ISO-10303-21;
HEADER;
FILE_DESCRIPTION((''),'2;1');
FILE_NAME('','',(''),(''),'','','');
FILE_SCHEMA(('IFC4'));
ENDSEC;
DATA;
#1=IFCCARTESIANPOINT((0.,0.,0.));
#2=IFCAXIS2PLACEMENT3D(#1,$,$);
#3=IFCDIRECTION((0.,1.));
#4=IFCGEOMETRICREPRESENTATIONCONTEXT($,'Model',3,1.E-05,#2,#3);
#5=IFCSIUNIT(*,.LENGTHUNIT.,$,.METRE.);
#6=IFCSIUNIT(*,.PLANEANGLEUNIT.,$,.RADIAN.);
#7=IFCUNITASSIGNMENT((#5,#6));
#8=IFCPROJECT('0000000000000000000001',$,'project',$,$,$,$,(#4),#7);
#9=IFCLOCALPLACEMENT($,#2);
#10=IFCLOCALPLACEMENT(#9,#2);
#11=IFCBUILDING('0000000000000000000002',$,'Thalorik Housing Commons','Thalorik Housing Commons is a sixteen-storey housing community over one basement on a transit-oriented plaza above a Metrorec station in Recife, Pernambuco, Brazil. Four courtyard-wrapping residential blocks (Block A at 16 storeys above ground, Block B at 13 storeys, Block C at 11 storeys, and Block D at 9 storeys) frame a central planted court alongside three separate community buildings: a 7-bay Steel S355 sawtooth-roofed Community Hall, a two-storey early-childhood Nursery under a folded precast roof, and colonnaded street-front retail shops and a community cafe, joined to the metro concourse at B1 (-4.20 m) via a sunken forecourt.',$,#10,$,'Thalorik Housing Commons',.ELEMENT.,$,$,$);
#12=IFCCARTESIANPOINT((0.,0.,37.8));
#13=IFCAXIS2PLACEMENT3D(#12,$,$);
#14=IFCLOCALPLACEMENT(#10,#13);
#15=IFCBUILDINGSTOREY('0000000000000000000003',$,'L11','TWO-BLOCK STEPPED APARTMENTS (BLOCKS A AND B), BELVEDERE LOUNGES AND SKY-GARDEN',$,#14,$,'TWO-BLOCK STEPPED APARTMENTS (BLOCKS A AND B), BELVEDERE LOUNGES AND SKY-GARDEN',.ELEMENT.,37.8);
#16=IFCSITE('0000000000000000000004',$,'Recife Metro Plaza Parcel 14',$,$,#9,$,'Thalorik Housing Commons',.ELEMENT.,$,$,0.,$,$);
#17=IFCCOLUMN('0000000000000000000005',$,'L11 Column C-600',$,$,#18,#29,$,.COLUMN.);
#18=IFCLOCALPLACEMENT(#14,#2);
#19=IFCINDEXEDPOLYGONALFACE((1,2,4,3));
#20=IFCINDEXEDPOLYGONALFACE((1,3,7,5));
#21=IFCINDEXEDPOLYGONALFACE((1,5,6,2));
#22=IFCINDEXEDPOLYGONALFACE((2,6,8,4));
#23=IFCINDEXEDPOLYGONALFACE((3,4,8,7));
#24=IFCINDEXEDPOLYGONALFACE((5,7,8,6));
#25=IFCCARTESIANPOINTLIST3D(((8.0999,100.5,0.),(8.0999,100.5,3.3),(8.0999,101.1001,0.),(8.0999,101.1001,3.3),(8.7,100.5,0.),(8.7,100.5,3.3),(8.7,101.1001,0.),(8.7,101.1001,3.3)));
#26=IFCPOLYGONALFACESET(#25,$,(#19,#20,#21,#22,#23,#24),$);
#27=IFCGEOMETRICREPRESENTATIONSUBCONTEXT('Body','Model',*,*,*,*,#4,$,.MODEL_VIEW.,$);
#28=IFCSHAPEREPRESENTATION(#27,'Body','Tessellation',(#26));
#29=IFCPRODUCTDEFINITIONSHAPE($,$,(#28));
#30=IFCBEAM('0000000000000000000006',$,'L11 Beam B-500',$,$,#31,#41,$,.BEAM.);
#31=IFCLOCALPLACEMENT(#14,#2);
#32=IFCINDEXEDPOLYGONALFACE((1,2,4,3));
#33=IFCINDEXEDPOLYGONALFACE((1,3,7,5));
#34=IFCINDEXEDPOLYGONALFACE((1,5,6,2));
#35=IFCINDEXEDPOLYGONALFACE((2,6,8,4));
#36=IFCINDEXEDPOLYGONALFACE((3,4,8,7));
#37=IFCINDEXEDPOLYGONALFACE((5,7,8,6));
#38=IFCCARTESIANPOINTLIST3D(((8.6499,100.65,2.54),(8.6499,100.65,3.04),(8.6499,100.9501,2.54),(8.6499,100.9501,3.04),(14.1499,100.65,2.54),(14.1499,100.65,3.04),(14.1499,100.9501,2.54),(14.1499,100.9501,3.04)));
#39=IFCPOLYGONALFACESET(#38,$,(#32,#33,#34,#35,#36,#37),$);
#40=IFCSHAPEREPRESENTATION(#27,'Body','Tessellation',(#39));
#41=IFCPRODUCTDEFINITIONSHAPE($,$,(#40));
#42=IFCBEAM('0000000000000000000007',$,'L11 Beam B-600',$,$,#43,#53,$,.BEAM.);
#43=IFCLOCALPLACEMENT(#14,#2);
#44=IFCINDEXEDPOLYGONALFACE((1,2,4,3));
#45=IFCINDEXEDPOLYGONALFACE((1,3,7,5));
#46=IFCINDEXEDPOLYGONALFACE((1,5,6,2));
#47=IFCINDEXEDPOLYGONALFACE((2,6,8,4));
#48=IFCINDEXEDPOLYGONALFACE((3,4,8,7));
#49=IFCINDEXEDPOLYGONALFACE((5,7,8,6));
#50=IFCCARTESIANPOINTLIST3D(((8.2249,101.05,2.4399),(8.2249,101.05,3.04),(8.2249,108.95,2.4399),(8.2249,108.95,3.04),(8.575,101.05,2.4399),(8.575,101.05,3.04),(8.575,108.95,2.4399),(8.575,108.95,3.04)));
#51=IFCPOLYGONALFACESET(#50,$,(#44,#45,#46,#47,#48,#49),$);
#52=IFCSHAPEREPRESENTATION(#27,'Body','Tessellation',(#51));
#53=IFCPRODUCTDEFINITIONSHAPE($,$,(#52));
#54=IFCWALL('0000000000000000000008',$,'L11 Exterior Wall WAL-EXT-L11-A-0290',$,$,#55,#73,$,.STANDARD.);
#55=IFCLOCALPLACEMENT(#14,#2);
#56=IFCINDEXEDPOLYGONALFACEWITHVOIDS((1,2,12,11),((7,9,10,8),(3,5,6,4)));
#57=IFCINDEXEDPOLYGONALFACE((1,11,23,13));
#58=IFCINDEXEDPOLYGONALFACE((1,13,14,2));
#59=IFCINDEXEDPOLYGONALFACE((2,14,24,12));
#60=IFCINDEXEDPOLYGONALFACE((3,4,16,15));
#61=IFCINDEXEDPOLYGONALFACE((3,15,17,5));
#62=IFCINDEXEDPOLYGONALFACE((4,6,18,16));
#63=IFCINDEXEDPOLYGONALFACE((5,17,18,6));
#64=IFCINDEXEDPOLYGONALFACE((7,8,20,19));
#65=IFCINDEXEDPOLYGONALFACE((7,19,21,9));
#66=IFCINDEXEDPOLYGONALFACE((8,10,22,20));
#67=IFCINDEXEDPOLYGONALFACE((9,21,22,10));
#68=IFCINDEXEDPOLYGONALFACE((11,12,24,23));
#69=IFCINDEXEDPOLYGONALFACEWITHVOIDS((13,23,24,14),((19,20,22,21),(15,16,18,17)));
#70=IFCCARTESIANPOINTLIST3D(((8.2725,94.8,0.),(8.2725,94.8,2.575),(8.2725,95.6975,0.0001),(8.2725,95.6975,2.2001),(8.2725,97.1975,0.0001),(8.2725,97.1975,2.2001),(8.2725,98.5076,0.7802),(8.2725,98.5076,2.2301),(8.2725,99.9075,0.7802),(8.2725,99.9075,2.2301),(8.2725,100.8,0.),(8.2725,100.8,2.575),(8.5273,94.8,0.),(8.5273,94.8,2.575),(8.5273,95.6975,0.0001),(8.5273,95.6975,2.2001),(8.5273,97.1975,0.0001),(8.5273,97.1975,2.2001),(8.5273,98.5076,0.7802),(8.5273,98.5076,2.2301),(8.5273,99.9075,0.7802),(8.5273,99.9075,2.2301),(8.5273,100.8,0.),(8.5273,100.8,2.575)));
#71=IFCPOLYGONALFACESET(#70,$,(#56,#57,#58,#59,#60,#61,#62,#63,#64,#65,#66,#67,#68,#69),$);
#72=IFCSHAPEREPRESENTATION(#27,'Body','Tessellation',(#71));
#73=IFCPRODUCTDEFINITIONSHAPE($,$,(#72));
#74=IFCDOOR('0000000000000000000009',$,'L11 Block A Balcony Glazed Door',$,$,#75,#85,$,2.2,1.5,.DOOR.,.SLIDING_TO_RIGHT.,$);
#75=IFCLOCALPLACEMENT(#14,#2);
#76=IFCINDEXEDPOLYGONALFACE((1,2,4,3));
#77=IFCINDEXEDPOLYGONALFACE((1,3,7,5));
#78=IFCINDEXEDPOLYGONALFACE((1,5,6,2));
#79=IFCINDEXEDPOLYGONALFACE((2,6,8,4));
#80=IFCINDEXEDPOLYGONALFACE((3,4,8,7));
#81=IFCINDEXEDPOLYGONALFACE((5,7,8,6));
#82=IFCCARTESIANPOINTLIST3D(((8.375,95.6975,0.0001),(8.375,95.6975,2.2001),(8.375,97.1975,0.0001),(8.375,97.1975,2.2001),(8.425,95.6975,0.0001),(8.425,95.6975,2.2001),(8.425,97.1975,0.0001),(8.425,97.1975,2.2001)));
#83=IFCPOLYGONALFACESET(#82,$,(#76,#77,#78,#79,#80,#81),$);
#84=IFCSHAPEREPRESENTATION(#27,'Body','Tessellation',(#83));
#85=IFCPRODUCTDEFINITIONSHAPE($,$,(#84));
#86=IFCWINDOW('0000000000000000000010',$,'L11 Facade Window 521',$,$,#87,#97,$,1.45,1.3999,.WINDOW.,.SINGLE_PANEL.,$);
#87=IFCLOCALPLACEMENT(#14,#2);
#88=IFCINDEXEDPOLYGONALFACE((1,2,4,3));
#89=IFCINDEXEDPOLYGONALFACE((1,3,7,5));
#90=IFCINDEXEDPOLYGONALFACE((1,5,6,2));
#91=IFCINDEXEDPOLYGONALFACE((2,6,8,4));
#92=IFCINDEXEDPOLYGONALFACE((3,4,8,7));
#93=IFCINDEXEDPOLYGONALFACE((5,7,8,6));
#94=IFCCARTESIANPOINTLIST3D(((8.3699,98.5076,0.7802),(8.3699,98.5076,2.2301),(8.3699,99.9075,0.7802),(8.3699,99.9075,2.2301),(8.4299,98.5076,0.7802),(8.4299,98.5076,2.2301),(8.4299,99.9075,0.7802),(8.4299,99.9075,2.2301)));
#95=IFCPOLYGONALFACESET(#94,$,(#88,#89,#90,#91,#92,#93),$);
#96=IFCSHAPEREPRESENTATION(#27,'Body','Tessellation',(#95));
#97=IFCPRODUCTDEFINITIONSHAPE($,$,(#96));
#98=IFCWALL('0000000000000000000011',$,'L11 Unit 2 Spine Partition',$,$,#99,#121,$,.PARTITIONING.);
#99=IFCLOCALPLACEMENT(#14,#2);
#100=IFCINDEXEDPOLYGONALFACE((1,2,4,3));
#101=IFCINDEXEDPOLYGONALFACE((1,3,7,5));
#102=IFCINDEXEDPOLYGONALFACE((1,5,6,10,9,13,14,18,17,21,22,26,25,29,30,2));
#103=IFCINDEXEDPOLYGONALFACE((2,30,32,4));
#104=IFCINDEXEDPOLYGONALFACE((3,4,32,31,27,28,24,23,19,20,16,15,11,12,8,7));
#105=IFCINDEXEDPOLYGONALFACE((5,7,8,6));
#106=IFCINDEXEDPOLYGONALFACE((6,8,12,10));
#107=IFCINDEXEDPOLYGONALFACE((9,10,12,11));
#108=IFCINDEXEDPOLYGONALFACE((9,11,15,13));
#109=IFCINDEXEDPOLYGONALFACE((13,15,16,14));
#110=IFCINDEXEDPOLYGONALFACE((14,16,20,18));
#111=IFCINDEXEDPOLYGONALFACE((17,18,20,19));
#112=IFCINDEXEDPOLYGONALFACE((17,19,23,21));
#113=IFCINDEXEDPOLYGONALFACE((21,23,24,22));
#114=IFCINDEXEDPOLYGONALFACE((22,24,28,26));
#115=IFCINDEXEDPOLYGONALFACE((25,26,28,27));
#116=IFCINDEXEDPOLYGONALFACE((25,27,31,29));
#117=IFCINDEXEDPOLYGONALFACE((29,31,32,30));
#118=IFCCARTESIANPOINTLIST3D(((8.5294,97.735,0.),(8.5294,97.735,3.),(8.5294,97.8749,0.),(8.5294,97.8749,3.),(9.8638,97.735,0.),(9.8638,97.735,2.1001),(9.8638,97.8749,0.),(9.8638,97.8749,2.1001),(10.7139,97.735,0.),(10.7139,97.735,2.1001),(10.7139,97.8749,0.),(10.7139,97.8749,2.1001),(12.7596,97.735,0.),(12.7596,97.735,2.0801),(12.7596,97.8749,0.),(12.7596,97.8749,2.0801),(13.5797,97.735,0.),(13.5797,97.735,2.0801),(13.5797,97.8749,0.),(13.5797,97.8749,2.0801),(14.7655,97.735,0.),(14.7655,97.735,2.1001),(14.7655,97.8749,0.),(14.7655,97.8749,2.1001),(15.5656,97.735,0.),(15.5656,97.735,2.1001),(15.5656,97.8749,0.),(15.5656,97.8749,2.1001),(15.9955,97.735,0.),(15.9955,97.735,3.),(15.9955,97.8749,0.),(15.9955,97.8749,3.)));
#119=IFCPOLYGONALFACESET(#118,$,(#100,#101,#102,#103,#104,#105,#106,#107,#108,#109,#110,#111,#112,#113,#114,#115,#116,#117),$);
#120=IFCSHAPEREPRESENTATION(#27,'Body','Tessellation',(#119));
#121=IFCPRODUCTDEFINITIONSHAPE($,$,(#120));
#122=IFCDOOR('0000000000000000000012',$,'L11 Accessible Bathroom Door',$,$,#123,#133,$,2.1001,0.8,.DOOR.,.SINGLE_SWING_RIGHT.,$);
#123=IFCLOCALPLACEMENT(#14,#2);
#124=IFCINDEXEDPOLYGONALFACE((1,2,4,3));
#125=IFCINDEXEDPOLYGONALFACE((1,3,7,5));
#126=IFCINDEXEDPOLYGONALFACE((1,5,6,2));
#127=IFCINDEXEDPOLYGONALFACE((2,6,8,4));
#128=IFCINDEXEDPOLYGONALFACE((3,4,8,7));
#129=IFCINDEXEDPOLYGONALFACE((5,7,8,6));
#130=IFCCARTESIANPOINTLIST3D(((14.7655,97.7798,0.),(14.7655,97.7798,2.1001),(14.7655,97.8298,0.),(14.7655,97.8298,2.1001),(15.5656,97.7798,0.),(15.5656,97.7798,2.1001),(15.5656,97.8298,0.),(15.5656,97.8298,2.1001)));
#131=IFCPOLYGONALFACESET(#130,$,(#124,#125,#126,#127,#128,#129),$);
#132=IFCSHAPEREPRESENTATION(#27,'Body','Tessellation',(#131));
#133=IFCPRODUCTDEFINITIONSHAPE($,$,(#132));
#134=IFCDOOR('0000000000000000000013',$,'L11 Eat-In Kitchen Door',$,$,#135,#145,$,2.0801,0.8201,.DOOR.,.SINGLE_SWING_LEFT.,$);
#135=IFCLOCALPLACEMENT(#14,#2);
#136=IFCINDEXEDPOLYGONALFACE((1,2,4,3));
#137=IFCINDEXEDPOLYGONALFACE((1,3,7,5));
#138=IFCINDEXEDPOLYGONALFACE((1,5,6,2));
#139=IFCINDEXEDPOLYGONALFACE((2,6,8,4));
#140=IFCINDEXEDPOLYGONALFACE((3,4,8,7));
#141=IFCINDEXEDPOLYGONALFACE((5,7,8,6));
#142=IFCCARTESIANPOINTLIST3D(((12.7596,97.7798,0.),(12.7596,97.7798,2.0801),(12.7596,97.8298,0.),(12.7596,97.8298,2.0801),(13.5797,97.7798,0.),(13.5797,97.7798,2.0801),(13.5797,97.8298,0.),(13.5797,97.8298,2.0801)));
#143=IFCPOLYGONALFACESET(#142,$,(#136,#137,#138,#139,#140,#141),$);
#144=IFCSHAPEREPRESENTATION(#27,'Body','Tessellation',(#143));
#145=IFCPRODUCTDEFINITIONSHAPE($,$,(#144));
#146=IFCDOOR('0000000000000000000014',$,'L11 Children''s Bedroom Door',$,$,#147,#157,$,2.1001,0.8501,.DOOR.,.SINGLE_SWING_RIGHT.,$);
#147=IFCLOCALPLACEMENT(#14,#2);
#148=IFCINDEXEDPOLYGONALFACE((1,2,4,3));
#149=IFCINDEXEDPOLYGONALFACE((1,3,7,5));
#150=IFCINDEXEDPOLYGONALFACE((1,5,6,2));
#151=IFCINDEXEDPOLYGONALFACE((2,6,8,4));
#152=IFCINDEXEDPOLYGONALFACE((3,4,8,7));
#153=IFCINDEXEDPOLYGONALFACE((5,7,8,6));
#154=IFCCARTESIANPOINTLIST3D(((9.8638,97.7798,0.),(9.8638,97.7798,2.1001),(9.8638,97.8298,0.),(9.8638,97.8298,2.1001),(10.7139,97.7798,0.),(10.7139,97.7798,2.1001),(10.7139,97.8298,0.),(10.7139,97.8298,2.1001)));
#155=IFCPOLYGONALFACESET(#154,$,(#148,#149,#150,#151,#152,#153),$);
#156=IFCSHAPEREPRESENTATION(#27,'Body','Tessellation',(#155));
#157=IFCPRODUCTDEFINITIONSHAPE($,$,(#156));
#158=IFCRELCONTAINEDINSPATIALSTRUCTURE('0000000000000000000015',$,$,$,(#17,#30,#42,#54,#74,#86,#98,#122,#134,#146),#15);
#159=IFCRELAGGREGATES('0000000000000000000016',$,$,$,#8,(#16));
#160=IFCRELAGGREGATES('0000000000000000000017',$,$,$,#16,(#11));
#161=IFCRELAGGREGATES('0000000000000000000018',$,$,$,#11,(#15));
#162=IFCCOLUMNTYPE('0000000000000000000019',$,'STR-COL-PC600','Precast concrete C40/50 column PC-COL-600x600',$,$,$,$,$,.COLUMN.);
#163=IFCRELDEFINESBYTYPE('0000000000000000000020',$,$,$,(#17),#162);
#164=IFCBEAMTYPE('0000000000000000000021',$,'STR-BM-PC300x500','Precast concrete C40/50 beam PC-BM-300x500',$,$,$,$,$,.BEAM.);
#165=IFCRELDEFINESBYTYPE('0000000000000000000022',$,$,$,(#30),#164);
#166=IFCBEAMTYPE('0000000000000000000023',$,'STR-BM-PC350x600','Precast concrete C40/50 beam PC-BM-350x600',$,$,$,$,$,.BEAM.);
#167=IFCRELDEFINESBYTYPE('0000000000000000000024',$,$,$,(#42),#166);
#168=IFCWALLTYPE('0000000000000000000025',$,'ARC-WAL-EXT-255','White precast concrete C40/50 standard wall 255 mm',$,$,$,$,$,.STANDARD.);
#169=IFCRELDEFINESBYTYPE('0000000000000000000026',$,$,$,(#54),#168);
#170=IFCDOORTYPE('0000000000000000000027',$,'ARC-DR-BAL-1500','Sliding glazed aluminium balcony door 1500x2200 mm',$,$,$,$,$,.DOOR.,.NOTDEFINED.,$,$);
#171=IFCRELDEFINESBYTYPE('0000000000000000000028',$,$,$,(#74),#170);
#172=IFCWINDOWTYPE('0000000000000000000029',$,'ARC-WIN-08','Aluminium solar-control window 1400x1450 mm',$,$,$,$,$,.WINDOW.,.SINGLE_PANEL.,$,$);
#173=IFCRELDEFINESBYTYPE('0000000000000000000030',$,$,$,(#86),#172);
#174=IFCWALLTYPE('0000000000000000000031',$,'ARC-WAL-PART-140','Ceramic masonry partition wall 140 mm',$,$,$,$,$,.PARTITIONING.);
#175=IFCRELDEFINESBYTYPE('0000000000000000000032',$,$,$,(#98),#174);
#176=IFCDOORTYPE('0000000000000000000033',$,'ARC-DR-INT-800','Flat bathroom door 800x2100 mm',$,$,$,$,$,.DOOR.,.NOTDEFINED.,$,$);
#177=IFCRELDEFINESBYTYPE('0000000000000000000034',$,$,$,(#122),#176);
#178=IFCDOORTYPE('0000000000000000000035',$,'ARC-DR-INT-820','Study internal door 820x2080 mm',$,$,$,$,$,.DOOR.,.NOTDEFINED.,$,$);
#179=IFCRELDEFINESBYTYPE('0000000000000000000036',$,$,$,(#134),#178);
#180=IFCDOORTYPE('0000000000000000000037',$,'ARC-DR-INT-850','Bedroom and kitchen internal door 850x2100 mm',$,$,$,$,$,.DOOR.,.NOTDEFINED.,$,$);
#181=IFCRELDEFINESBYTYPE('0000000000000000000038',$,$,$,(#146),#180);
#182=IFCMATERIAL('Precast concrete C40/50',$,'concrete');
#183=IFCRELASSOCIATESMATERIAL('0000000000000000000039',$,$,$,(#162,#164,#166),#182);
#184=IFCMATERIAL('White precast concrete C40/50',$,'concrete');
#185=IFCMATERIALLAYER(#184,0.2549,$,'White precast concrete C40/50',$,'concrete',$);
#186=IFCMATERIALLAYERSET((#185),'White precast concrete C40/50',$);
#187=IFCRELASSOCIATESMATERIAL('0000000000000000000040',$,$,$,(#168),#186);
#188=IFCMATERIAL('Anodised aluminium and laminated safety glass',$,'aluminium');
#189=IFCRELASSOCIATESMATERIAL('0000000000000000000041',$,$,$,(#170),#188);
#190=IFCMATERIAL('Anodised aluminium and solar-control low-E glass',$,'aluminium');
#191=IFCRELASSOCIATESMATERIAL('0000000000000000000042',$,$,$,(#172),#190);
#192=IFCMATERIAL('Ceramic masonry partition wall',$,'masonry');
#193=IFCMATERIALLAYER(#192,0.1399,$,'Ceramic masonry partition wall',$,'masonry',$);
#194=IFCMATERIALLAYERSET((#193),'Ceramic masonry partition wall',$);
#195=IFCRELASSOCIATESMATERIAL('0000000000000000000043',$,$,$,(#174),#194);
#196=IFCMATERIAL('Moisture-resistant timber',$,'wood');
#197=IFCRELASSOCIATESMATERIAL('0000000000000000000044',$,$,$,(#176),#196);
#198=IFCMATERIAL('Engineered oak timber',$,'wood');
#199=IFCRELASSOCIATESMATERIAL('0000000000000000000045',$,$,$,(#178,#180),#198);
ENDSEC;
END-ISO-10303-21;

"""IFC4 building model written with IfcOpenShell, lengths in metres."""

from ifc_helpers import new_model, si_unit, direction, frame, frame_2d, origin, origin_2d, place, context, subcontext, project, spatial, rectangle, extrude, material, layer, layer_set, material_profile, profile_set, type_object, element, fill, save


model = new_model("IFC4")

# Units and contexts
model_context = context("Model", 3, precision=1e-05, world=origin(), true_north=direction((0.0, 1.0)))
body_context = subcontext(model_context, "Body", "Model", "MODEL_VIEW")
ifc_project = project(units=[si_unit("LENGTHUNIT", "METRE"), si_unit("PLANEANGLEUNIT", "RADIAN")], contexts=[model_context])

# Site, building, storey
site_placement = place(None, origin())
site = spatial("IfcSite", under=ifc_project, at=site_placement, Name="Recife Metro Plaza Parcel 14", LongName="Thalorik Housing Commons", CompositionType="ELEMENT", RefElevation=0.0)
building_placement = place(site_placement, origin())
building = spatial("IfcBuilding", under=site, at=building_placement, Name="Thalorik Housing Commons", Description="Thalorik Housing Commons is a sixteen-storey housing community over one basement on a transit-oriented plaza above a Metrorec station in Recife, Pernambuco, Brazil. Four courtyard-wrapping residential blocks (Block A at 16 storeys above ground, Block B at 13 storeys, Block C at 11 storeys, and Block D at 9 storeys) frame a central planted court alongside three separate community buildings: a 7-bay Steel S355 sawtooth-roofed Community Hall, a two-storey early-childhood Nursery under a folded precast roof, and colonnaded street-front retail shops and a community cafe, joined to the metro concourse at B1 (-4.20 m) via a sunken forecourt.", LongName="Thalorik Housing Commons", CompositionType="ELEMENT")
storey_placement = place(building_placement, frame((0.0, 0.0, 37.8)))
storey = spatial("IfcBuildingStorey", under=building, at=storey_placement, Name="L11", Description="TWO-BLOCK STEPPED APARTMENTS (BLOCKS A AND B), BELVEDERE LOUNGES AND SKY-GARDEN", LongName="TWO-BLOCK STEPPED APARTMENTS (BLOCKS A AND B), BELVEDERE LOUNGES AND SKY-GARDEN", CompositionType="ELEMENT", Elevation=37.8)

# Column
ifc_material_1 = material(Name="Precast concrete C40/50", Category="concrete")
ifc_material_profile_1 = material_profile(ifc_material_1, rectangle(XDim=0.6001, YDim=0.6001, at=origin_2d()), Name="PC 600x600", Category="concrete")
ifc_profile_set_1 = profile_set([ifc_material_profile_1], Name="Precast concrete C40/50")
column_type = type_object("IfcColumnType", Name="STR-COL-PC600", Description="Precast concrete C40/50 column PC-COL-600x600", PredefinedType="COLUMN", material=ifc_profile_set_1)
column_placement = place(storey_placement, frame((8.3999, 100.8, 0.0), z_axis=(0.0, 0.0, 1.0), x_axis=(1.0, 0.0, 0.0)))
element("IfcColumn", 1, at=column_placement, inside=storey, type_object=column_type, Name="L11 Column C-600", PredefinedType="COLUMN", context=body_context, shape_type="SweptSolid", body=[
    extrude(rectangle(XDim=0.6001, YDim=0.6001, at=origin_2d()), origin(), (0.0, 0.0, 1.0), 3.3),
])

# Beams
ifc_material_profile_2 = material_profile(ifc_material_1, rectangle(XDim=0.3, YDim=0.5, at=origin_2d()), Name="PC 300x500", Category="concrete")
ifc_profile_set_2 = profile_set([ifc_material_profile_2], Name="Precast concrete C40/50")
beam_type_1 = type_object("IfcBeamType", Name="STR-BM-PC300x500", Description="Precast concrete C40/50 beam PC-BM-300x500", PredefinedType="BEAM", material=ifc_profile_set_2)
beam_1_placement = place(storey_placement, frame((8.6499, 100.8, 2.79), z_axis=(1.0, 0.0, 0.0), x_axis=(0.0, 1.0, 0.0)))
element("IfcBeam", 2, at=beam_1_placement, inside=storey, type_object=beam_type_1, Name="L11 Beam B-500", PredefinedType="BEAM", context=body_context, shape_type="SweptSolid", body=[
    extrude(rectangle(XDim=0.3, YDim=0.5, at=origin_2d()), origin(), (0.0, 0.0, 1.0), 5.5),
])
ifc_material_profile_3 = material_profile(ifc_material_1, rectangle(XDim=0.3501, YDim=0.6001, at=origin_2d()), Name="PC 350x600", Category="concrete")
ifc_profile_set_3 = profile_set([ifc_material_profile_3], Name="Precast concrete C40/50")
beam_type_2 = type_object("IfcBeamType", Name="STR-BM-PC350x600", Description="Precast concrete C40/50 beam PC-BM-350x600", PredefinedType="BEAM", material=ifc_profile_set_3)
beam_2_placement = place(storey_placement, frame((8.3999, 101.05, 2.74), z_axis=(0.0, 1.0, 0.0), x_axis=(-1.0, 0.0, 0.0)))
element("IfcBeam", 3, at=beam_2_placement, inside=storey, type_object=beam_type_2, Name="L11 Beam B-600", PredefinedType="BEAM", context=body_context, shape_type="SweptSolid", body=[
    extrude(rectangle(XDim=0.3501, YDim=0.6001, at=origin_2d()), origin(), (0.0, 0.0, 1.0), 7.8999),
])

# Wall, openings, door, window
ifc_material_2 = material(Name="White precast concrete C40/50", Category="concrete")
ifc_layer_1 = layer(ifc_material_2, 0.2549, Name="White precast concrete C40/50", Category="concrete")
ifc_layer_set_1 = layer_set([ifc_layer_1], Name="White precast concrete C40/50")
wall_type_1 = type_object("IfcWallType", Name="ARC-WAL-EXT-255", Description="White precast concrete C40/50 standard wall 255 mm", PredefinedType="STANDARD", material=ifc_layer_set_1)
wall_1_placement = place(storey_placement, frame((8.3999, 100.8, 0.0), z_axis=(0.0, 0.0, 1.0), x_axis=(0.0, -1.0, 0.0)))
wall_1 = element("IfcWall", 4, at=wall_1_placement, inside=storey, type_object=wall_type_1, Name="L11 Exterior Wall WAL-EXT-L11-A-0290", PredefinedType="STANDARD", context=body_context, shape_type="SweptSolid", body=[
    extrude(rectangle(XDim=6.0, YDim=0.2549, at=frame_2d((3.0, 0.0))), origin(), (0.0, 0.0, 1.0), 2.575),
])
opening_1_placement = place(wall_1_placement, frame((3.6025, 0.0, 0.0)))
opening_1 = element("IfcOpeningElement", 5, at=opening_1_placement, cuts=wall_1, PredefinedType="OPENING", context=body_context, shape_type="SweptSolid", body=[
    extrude(rectangle(XDim=1.5, YDim=2.2, at=frame_2d((0.75, 1.1001))), frame((0.0, 0.1375, 0.0), z_axis=(0.0, -1.0, 0.0), x_axis=(1.0, 0.0, 0.0)), (0.0, 0.0, 1.0), 0.2749),
])
opening_2_placement = place(wall_1_placement, frame((0.8926, 0.0, 0.78)))
opening_2 = element("IfcOpeningElement", 6, at=opening_2_placement, cuts=wall_1, PredefinedType="OPENING", context=body_context, shape_type="SweptSolid", body=[
    extrude(rectangle(XDim=1.3999, YDim=1.45, at=frame_2d((0.7, 0.7251))), frame((0.0, 0.1375, 0.0), z_axis=(0.0, -1.0, 0.0), x_axis=(1.0, 0.0, 0.0)), (0.0, 0.0, 1.0), 0.2749),
])
ifc_material_3 = material(Name="Anodised aluminium and laminated safety glass", Category="aluminium")
door_type_1 = type_object("IfcDoorType", Name="ARC-DR-BAL-1500", Description="Sliding glazed aluminium balcony door 1500x2200 mm", OperationType="NOTDEFINED", PredefinedType="DOOR", material=ifc_material_3)
door_1_placement = place(opening_1_placement, frame((1.5, 0.0, 0.0), z_axis=(0.0, 0.0, 1.0), x_axis=(-1.0, 0.0, 0.0)))
door_1 = element("IfcDoor", 7, at=door_1_placement, inside=storey, type_object=door_type_1, Name="L11 Block A Balcony Glazed Door", OperationType="SLIDING_TO_RIGHT", OverallHeight=2.2, OverallWidth=1.5, PredefinedType="DOOR", context=body_context, shape_type="SweptSolid", body=[
    extrude(rectangle(XDim=1.5, YDim=2.2, at=frame_2d((0.75, 1.1001))), frame((0.0, 0.0249, 0.0), z_axis=(0.0, -1.0, 0.0), x_axis=(1.0, 0.0, 0.0)), (0.0, 0.0, 1.0), 0.05),
])
fill(opening_1, door_1)
ifc_material_4 = material(Name="Anodised aluminium and solar-control low-E glass", Category="aluminium")
window_type = type_object("IfcWindowType", Name="ARC-WIN-08", Description="Aluminium solar-control window 1400x1450 mm", PartitioningType="SINGLE_PANEL", PredefinedType="WINDOW", material=ifc_material_4)
window_placement = place(opening_2_placement, origin())
window = element("IfcWindow", 8, at=window_placement, inside=storey, type_object=window_type, Name="L11 Facade Window 521", OverallHeight=1.45, OverallWidth=1.3999, PartitioningType="SINGLE_PANEL", PredefinedType="WINDOW", context=body_context, shape_type="SweptSolid", body=[
    extrude(rectangle(XDim=1.3999, YDim=1.45, at=frame_2d((0.7, 0.7251))), frame((0.0, 0.03, 0.0), z_axis=(0.0, -1.0, 0.0), x_axis=(1.0, 0.0, 0.0)), (0.0, 0.0, 1.0), 0.0601),
])
fill(opening_2, window)

# Wall, openings, doors
ifc_material_5 = material(Name="Ceramic masonry partition wall", Category="masonry")
ifc_layer_2 = layer(ifc_material_5, 0.1399, Name="Ceramic masonry partition wall", Category="masonry")
ifc_layer_set_2 = layer_set([ifc_layer_2], Name="Ceramic masonry partition wall")
wall_type_2 = type_object("IfcWallType", Name="ARC-WAL-PART-140", Description="Ceramic masonry partition wall 140 mm", PredefinedType="PARTITIONING", material=ifc_layer_set_2)
wall_2_placement = place(storey_placement, frame((8.5295, 97.8049, 0.0), z_axis=(0.0, 0.0, 1.0), x_axis=(1.0, 0.0, 0.0)))
wall_2 = element("IfcWall", 9, at=wall_2_placement, inside=storey, type_object=wall_type_2, Name="L11 Unit 2 Spine Partition", PredefinedType="PARTITIONING", context=body_context, shape_type="SweptSolid", body=[
    extrude(rectangle(XDim=7.4661, YDim=0.1399, at=frame_2d((3.7329, 0.0))), origin(), (0.0, 0.0, 1.0), 3.0),
])
opening_3_placement = place(wall_2_placement, frame((1.3342, 0.0, 0.0)))
opening_3 = element("IfcOpeningElement", 10, at=opening_3_placement, cuts=wall_2, PredefinedType="OPENING", context=body_context, shape_type="SweptSolid", body=[
    extrude(rectangle(XDim=0.8501, YDim=2.1001, at=frame_2d((0.425, 1.05))), frame((0.0, 0.0801, 0.0), z_axis=(0.0, -1.0, 0.0), x_axis=(1.0, 0.0, 0.0)), (0.0, 0.0, 1.0), 0.1599),
])
opening_4_placement = place(wall_2_placement, frame((4.23, 0.0, 0.0)))
opening_4 = element("IfcOpeningElement", 11, at=opening_4_placement, cuts=wall_2, PredefinedType="OPENING", context=body_context, shape_type="SweptSolid", body=[
    extrude(rectangle(XDim=0.8201, YDim=2.0801, at=frame_2d((0.4102, 1.04))), frame((0.0, 0.0801, 0.0), z_axis=(0.0, -1.0, 0.0), x_axis=(1.0, 0.0, 0.0)), (0.0, 0.0, 1.0), 0.1599),
])
opening_5_placement = place(wall_2_placement, frame((6.2361, 0.0, 0.0)))
opening_5 = element("IfcOpeningElement", 12, at=opening_5_placement, cuts=wall_2, PredefinedType="OPENING", context=body_context, shape_type="SweptSolid", body=[
    extrude(rectangle(XDim=0.8, YDim=2.1001, at=frame_2d((0.3999, 1.05))), frame((0.0, 0.0801, 0.0), z_axis=(0.0, -1.0, 0.0), x_axis=(1.0, 0.0, 0.0)), (0.0, 0.0, 1.0), 0.1599),
])
ifc_material_6 = material(Name="Moisture-resistant timber", Category="wood")
door_type_2 = type_object("IfcDoorType", Name="ARC-DR-INT-800", Description="Flat bathroom door 800x2100 mm", OperationType="NOTDEFINED", PredefinedType="DOOR", material=ifc_material_6)
door_2_placement = place(opening_5_placement, origin())
door_2 = element("IfcDoor", 13, at=door_2_placement, inside=storey, type_object=door_type_2, Name="L11 Accessible Bathroom Door", OperationType="SINGLE_SWING_RIGHT", OverallHeight=2.1001, OverallWidth=0.8, PredefinedType="DOOR", context=body_context, shape_type="SweptSolid", body=[
    extrude(rectangle(XDim=0.8, YDim=2.1001, at=frame_2d((0.3999, 1.05))), frame((0.0, 0.0249, 0.0), z_axis=(0.0, -1.0, 0.0), x_axis=(1.0, 0.0, 0.0)), (0.0, 0.0, 1.0), 0.05),
])
fill(opening_5, door_2)
ifc_material_7 = material(Name="Engineered oak timber", Category="wood")
door_type_3 = type_object("IfcDoorType", Name="ARC-DR-INT-820", Description="Study internal door 820x2080 mm", OperationType="NOTDEFINED", PredefinedType="DOOR", material=ifc_material_7)
door_3_placement = place(opening_4_placement, origin())
door_3 = element("IfcDoor", 14, at=door_3_placement, inside=storey, type_object=door_type_3, Name="L11 Eat-In Kitchen Door", OperationType="SINGLE_SWING_LEFT", OverallHeight=2.0801, OverallWidth=0.8201, PredefinedType="DOOR", context=body_context, shape_type="SweptSolid", body=[
    extrude(rectangle(XDim=0.8201, YDim=2.0801, at=frame_2d((0.4102, 1.04))), frame((0.0, 0.0249, 0.0), z_axis=(0.0, -1.0, 0.0), x_axis=(1.0, 0.0, 0.0)), (0.0, 0.0, 1.0), 0.05),
])
fill(opening_4, door_3)
door_type_4 = type_object("IfcDoorType", Name="ARC-DR-INT-850", Description="Bedroom and kitchen internal door 850x2100 mm", OperationType="NOTDEFINED", PredefinedType="DOOR", material=ifc_material_7)
door_4_placement = place(opening_3_placement, origin())
door_4 = element("IfcDoor", 15, at=door_4_placement, inside=storey, type_object=door_type_4, Name="L11 Children's Bedroom Door", OperationType="SINGLE_SWING_RIGHT", OverallHeight=2.1001, OverallWidth=0.8501, PredefinedType="DOOR", context=body_context, shape_type="SweptSolid", body=[
    extrude(rectangle(XDim=0.8501, YDim=2.1001, at=frame_2d((0.425, 1.05))), frame((0.0, 0.0249, 0.0), z_axis=(0.0, -1.0, 0.0), x_axis=(1.0, 0.0, 0.0)), (0.0, 0.0, 1.0), 0.05),
])
fill(opening_3, door_4)

save(model, "model.ifc")
